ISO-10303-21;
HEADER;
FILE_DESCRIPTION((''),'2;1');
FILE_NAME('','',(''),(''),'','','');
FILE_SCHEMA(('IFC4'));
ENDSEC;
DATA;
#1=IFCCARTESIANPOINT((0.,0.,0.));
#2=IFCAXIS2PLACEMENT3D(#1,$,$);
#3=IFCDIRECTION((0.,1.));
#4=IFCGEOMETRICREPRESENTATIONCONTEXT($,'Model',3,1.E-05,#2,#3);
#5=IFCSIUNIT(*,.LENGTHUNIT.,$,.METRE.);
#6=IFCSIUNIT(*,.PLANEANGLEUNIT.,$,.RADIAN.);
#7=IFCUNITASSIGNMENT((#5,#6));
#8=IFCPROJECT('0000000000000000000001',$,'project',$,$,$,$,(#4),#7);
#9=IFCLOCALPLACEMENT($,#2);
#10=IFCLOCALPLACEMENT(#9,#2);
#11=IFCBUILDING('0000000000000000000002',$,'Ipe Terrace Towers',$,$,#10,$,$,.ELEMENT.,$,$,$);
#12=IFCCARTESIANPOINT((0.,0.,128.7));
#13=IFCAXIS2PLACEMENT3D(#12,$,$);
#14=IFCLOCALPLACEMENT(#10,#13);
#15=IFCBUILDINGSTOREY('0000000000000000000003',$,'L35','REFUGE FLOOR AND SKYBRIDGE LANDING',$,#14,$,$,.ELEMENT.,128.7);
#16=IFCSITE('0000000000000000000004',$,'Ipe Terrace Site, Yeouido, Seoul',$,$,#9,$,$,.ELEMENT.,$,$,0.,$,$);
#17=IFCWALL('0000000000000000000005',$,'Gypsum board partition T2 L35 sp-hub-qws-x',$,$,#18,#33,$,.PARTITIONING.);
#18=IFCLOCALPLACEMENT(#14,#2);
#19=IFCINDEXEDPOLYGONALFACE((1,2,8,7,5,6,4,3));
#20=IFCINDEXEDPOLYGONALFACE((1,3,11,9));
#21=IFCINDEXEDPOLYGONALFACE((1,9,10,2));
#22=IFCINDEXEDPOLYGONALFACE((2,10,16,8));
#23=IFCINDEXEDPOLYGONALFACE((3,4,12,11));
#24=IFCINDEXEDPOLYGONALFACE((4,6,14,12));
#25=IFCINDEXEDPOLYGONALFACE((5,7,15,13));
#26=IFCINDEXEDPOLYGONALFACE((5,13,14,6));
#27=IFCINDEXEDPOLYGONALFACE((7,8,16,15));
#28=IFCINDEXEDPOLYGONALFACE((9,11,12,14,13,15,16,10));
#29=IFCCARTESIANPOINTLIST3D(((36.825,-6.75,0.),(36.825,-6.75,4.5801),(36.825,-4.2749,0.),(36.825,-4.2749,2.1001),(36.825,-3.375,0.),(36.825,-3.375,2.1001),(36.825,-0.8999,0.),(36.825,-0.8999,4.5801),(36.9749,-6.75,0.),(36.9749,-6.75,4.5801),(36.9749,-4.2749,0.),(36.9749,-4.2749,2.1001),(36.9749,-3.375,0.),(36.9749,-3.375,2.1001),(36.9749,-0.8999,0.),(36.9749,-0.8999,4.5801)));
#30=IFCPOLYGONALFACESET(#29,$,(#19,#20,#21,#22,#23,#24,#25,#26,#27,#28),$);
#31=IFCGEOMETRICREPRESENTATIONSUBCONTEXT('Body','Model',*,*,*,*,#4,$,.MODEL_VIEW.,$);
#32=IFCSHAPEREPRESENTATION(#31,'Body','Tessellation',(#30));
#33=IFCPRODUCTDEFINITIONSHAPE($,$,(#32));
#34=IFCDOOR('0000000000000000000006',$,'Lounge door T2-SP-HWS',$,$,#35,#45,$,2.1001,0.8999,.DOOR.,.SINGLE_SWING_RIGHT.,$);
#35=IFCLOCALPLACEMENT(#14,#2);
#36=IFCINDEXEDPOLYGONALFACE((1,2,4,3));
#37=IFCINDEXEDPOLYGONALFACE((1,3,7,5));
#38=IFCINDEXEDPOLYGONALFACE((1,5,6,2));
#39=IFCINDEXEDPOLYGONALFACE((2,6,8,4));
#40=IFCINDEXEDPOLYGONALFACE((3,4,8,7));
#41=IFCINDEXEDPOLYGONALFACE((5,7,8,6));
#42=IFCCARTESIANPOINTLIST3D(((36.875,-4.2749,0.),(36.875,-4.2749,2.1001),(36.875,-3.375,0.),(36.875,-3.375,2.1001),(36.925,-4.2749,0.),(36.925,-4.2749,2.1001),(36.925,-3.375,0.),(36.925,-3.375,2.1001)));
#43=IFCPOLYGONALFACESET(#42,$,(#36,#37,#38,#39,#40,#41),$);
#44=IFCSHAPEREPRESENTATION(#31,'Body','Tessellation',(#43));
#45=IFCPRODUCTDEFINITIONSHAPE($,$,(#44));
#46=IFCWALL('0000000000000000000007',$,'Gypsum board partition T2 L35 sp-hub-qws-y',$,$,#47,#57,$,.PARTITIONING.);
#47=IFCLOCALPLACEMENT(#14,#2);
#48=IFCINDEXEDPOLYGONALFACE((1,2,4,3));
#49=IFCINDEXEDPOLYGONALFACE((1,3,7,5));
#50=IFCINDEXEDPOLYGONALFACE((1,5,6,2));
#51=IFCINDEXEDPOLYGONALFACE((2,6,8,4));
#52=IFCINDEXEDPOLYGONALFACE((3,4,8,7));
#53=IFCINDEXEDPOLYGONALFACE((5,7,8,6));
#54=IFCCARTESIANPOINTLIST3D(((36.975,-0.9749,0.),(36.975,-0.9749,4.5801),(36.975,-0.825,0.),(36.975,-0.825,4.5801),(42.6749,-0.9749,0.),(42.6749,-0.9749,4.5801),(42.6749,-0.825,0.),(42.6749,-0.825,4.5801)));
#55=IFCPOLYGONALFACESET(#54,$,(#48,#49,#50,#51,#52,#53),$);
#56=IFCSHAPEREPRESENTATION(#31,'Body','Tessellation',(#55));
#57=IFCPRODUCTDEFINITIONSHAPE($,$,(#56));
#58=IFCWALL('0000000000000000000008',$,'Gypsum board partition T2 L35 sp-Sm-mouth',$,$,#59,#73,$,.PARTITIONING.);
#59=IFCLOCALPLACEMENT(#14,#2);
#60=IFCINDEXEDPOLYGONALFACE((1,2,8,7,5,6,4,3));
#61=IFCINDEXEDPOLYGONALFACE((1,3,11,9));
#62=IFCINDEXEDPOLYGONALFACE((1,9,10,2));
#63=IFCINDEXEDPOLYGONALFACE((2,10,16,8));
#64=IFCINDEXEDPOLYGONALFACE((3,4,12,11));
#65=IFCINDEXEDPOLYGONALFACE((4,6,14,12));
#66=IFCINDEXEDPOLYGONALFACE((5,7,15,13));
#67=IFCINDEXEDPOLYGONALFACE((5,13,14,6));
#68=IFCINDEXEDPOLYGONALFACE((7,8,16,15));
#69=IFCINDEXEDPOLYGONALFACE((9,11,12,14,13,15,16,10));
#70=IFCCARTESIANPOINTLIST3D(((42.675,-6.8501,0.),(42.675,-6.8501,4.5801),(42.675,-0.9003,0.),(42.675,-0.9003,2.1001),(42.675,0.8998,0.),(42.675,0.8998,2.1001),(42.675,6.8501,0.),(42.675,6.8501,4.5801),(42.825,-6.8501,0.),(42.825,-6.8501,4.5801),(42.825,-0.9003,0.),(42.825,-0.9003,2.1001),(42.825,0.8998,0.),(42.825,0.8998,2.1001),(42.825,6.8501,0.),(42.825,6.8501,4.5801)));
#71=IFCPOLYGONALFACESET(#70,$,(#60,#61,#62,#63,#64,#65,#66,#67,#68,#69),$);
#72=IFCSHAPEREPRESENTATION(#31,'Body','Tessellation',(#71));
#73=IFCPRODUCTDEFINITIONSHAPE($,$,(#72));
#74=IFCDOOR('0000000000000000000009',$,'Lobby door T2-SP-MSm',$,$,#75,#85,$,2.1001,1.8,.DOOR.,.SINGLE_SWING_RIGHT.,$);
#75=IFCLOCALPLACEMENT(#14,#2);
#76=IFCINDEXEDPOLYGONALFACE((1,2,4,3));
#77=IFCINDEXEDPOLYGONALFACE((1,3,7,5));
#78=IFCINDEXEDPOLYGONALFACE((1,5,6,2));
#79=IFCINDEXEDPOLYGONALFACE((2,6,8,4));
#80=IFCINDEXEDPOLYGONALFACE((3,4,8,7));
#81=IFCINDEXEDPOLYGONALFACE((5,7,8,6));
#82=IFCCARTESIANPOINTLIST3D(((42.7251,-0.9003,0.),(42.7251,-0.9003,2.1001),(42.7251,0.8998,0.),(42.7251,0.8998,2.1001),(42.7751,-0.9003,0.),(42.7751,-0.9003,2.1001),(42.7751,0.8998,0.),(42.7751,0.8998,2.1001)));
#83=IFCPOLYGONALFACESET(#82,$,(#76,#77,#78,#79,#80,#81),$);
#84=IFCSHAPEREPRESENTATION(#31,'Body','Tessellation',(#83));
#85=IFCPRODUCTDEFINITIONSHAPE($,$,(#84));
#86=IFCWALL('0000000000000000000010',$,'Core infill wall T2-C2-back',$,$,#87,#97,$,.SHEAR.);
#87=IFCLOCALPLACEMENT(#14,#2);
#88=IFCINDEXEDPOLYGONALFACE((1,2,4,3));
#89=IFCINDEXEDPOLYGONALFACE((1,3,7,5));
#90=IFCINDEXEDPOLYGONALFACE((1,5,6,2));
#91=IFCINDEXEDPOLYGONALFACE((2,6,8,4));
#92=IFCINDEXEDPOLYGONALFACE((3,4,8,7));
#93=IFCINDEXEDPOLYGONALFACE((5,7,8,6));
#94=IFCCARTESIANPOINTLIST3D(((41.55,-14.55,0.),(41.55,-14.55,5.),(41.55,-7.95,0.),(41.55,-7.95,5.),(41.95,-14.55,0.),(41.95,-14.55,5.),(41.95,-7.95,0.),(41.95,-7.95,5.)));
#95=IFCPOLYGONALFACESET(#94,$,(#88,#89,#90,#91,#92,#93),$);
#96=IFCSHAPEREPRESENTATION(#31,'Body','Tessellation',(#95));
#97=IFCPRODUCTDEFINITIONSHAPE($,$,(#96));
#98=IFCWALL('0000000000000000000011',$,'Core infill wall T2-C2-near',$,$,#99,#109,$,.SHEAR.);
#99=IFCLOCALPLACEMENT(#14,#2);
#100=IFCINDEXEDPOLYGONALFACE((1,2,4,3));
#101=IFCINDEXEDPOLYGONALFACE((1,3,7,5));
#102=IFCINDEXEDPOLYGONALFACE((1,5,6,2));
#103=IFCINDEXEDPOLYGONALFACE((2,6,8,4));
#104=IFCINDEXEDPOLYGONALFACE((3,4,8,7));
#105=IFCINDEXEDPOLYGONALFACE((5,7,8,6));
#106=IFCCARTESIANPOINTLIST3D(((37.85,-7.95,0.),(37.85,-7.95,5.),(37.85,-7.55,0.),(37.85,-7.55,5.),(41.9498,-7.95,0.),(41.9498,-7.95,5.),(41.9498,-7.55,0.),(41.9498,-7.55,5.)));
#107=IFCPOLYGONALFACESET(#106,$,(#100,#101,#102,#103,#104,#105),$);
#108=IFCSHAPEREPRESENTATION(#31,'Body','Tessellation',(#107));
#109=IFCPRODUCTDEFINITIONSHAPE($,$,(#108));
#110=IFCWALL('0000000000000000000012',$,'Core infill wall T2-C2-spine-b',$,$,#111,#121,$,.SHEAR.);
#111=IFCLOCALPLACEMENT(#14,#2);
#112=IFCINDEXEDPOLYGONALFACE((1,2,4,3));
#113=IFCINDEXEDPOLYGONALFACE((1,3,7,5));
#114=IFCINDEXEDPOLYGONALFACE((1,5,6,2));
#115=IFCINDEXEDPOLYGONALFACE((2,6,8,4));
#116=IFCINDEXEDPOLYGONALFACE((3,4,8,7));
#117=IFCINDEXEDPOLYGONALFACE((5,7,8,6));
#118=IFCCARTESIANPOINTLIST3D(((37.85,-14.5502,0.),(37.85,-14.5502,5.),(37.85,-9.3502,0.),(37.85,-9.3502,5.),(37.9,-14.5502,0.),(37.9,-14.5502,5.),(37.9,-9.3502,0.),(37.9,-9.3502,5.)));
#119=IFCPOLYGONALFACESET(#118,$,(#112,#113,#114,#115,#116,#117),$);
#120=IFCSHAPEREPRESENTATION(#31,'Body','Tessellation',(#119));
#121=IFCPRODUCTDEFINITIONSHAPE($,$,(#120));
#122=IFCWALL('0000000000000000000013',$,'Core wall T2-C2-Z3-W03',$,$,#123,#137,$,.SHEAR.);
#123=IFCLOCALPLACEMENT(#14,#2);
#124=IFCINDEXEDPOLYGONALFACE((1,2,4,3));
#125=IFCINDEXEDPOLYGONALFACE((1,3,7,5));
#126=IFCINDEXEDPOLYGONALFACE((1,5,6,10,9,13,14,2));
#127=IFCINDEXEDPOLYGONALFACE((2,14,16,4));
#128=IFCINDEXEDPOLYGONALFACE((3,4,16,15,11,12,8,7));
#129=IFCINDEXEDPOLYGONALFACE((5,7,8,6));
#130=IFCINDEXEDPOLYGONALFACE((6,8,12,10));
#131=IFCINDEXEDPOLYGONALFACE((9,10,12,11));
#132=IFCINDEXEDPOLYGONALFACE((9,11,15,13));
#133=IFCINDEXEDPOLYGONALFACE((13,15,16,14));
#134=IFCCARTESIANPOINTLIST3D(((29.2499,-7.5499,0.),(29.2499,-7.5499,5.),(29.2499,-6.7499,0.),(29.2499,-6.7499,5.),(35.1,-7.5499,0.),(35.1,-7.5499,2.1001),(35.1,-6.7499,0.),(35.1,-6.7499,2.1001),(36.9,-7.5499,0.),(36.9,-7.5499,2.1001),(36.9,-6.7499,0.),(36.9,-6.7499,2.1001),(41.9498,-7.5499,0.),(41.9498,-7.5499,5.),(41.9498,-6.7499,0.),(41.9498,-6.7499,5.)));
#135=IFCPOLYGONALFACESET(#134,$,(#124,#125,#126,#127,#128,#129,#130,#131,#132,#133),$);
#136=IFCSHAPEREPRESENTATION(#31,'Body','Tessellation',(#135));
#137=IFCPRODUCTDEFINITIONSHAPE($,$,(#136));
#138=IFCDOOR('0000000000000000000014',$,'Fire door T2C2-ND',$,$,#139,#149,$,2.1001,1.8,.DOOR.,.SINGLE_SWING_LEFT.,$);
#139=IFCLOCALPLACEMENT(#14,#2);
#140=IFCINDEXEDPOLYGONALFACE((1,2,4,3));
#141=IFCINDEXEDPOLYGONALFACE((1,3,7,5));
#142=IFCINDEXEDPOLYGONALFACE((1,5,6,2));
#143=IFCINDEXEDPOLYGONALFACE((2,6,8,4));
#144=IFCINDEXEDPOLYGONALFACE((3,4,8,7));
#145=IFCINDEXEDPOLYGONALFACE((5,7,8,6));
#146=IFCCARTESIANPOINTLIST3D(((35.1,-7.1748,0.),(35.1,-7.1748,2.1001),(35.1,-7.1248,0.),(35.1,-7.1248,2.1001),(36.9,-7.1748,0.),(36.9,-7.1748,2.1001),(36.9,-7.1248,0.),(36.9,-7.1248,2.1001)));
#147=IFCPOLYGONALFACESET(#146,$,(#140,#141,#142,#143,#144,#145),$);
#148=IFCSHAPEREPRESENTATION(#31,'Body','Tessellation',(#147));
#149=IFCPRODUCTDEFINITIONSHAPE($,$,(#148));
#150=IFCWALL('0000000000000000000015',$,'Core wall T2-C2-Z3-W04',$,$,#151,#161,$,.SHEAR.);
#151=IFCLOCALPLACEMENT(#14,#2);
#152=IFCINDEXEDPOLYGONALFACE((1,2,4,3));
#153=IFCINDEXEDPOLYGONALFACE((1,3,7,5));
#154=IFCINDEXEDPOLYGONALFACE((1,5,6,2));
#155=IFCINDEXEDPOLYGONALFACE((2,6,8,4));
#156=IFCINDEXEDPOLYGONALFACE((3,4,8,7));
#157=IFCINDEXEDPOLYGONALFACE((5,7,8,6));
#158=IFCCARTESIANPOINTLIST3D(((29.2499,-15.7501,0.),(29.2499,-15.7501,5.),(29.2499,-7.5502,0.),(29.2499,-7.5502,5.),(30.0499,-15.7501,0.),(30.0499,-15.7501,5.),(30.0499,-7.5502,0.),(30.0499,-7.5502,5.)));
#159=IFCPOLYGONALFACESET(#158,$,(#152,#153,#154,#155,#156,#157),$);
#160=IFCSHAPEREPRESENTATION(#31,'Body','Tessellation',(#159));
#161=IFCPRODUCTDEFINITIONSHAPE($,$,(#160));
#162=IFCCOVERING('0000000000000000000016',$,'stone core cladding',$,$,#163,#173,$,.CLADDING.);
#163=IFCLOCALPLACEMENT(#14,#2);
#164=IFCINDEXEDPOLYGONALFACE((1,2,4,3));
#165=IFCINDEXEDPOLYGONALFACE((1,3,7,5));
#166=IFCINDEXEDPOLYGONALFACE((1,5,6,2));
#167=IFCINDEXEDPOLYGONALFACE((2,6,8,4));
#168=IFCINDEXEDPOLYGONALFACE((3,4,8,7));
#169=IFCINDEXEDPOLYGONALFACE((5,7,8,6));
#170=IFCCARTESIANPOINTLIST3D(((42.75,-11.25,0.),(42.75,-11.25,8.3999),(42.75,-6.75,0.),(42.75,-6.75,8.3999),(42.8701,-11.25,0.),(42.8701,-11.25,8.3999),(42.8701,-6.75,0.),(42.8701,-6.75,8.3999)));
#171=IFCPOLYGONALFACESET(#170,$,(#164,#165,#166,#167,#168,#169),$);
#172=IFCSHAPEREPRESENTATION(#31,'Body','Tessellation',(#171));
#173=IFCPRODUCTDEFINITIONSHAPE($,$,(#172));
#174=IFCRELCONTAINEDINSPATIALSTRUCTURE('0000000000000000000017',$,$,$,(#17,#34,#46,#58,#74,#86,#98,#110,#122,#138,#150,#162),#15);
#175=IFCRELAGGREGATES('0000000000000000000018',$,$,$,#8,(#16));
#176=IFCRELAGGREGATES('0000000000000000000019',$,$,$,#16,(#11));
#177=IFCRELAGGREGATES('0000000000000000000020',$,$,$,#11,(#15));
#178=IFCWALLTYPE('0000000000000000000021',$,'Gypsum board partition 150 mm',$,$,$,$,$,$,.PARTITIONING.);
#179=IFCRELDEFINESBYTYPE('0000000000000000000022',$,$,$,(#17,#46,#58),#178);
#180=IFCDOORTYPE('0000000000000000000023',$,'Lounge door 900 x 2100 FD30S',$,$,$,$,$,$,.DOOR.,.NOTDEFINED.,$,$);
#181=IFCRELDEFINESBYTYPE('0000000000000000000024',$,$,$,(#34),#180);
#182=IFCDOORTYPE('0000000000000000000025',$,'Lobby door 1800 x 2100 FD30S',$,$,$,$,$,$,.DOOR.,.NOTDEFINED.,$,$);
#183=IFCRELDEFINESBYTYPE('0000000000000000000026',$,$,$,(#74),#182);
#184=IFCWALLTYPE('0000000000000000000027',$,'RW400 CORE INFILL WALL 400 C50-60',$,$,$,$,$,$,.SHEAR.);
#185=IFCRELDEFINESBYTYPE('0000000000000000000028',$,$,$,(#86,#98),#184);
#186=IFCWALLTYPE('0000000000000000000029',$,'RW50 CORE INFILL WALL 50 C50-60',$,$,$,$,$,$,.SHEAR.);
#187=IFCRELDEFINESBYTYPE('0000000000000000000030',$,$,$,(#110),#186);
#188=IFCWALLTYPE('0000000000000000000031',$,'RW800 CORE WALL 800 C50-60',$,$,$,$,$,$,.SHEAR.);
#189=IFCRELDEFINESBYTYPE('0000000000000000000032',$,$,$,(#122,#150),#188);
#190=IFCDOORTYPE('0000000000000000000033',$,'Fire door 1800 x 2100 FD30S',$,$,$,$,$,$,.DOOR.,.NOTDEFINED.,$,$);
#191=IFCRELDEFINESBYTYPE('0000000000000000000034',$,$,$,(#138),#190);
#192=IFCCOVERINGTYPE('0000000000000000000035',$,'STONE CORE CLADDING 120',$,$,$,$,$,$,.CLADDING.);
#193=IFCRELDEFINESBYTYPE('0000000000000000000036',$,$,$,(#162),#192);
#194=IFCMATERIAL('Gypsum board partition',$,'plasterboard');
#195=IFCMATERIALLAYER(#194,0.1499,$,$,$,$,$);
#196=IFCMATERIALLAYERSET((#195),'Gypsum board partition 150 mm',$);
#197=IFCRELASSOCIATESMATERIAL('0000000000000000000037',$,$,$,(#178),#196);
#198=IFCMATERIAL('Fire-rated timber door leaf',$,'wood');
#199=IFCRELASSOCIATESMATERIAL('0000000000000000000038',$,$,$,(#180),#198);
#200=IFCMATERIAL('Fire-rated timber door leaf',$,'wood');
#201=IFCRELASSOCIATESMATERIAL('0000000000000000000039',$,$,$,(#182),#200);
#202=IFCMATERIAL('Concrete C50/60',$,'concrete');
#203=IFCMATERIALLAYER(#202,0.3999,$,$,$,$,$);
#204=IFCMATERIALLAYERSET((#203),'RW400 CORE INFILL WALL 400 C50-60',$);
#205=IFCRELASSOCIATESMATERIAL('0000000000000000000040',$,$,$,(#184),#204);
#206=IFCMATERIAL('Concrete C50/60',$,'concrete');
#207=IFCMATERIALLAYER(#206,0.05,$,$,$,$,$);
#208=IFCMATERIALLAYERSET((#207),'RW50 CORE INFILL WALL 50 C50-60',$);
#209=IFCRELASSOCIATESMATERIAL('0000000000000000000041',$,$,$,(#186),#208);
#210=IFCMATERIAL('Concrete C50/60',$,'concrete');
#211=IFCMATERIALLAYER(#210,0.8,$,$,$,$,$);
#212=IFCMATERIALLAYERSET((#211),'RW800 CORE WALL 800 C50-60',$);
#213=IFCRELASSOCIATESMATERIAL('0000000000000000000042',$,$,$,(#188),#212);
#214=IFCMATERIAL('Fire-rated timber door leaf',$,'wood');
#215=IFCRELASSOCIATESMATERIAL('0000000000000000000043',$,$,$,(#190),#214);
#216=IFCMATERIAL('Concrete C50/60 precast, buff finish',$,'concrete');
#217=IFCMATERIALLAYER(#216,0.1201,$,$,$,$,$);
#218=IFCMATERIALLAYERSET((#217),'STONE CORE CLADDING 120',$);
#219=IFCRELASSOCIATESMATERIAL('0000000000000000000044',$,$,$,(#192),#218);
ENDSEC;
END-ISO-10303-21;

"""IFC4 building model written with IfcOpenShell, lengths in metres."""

from ifc_helpers import new_model, si_unit, direction, frame, frame_2d, origin, origin_2d, place, context, subcontext, project, spatial, rectangle, extrude, material, layer, layer_set, type_object, element, fill, save


model = new_model("IFC4")

# Units and contexts
model_context = context("Model", 3, precision=1e-05, world=origin(), true_north=direction((0.0, 1.0)))
body_context = subcontext(model_context, "Body", "Model", "MODEL_VIEW")
ifc_project = project(units=[si_unit("LENGTHUNIT", "METRE"), si_unit("PLANEANGLEUNIT", "RADIAN")], contexts=[model_context])

# Site, building, storey
site_placement = place(None, origin())
site = spatial("IfcSite", under=ifc_project, at=site_placement, Name="Ipe Terrace Site, Yeouido, Seoul", CompositionType="ELEMENT", RefElevation=0.0)
building_placement = place(site_placement, origin())
building = spatial("IfcBuilding", under=site, at=building_placement, Name="Ipe Terrace Towers", CompositionType="ELEMENT")
storey_placement = place(building_placement, frame((0.0, 0.0, 128.7)))
storey = spatial("IfcBuildingStorey", under=building, at=storey_placement, Name="L35", Description="REFUGE FLOOR AND SKYBRIDGE LANDING", CompositionType="ELEMENT", Elevation=128.7)

# Shared definitions
ifc_material_1 = material(Name="Gypsum board partition", Category="plasterboard")
ifc_layer_1 = layer(ifc_material_1, 0.1499)
ifc_layer_set_1 = layer_set([ifc_layer_1], Name="Gypsum board partition 150 mm")
wall_type_1 = type_object("IfcWallType", Name="Gypsum board partition 150 mm", PredefinedType="PARTITIONING", material=ifc_layer_set_1)
ifc_material_2 = material(Name="Fire-rated timber door leaf", Category="wood")
door_type_1 = type_object("IfcDoorType", Name="Lounge door 900 x 2100 FD30S", OperationType="NOTDEFINED", PredefinedType="DOOR", material=ifc_material_2)

# Wall, opening, door
wall_1_placement = place(storey_placement, frame((36.8999, -6.75, 0.0), z_axis=(0.0, 0.0, 1.0), x_axis=(0.0, 1.0, 0.0)))
wall_1 = element("IfcWall", 1, at=wall_1_placement, inside=storey, type_object=wall_type_1, Name="Gypsum board partition T2 L35 sp-hub-qws-x", PredefinedType="PARTITIONING", context=body_context, shape_type="SweptSolid", body=[
    extrude(rectangle(XDim=5.8501, YDim=0.1499, at=frame_2d((2.925, 0.0))), origin(), (0.0, 0.0, 1.0), 4.5801),
])
opening_1_placement = place(wall_1_placement, frame((2.4751, 0.0, 0.0)))
opening_1 = element("IfcOpeningElement", 2, at=opening_1_placement, cuts=wall_1, PredefinedType="OPENING", context=body_context, shape_type="SweptSolid", body=[
    extrude(rectangle(XDim=0.8999, YDim=2.1001, at=frame_2d((0.45, 1.05))), frame((0.0, 0.085, 0.0), z_axis=(0.0, -1.0, 0.0), x_axis=(1.0, 0.0, 0.0)), (0.0, 0.0, 1.0), 0.1699),
])
door_1_placement = place(opening_1_placement, origin())
door_1 = element("IfcDoor", 3, at=door_1_placement, inside=storey, type_object=door_type_1, Name="Lounge door T2-SP-HWS", OperationType="SINGLE_SWING_RIGHT", OverallHeight=2.1001, OverallWidth=0.8999, PredefinedType="DOOR", context=body_context, shape_type="SweptSolid", body=[
    extrude(rectangle(XDim=0.8999, YDim=2.1001, at=frame_2d((0.45, 1.05))), frame((0.0, 0.0249, 0.0), z_axis=(0.0, -1.0, 0.0), x_axis=(1.0, 0.0, 0.0)), (0.0, 0.0, 1.0), 0.05),
])
fill(opening_1, door_1)

# Wall
wall_2_placement = place(storey_placement, frame((42.675, -0.8999, 0.0), z_axis=(0.0, 0.0, 1.0), x_axis=(-1.0, 0.0, 0.0)))
element("IfcWall", 4, at=wall_2_placement, inside=storey, type_object=wall_type_1, Name="Gypsum board partition T2 L35 sp-hub-qws-y", PredefinedType="PARTITIONING", context=body_context, shape_type="SweptSolid", body=[
    extrude(rectangle(XDim=5.7, YDim=0.1499, at=frame_2d((2.8501, 0.0))), origin(), (0.0, 0.0, 1.0), 4.5801),
])

# Wall, opening, door
wall_3_placement = place(storey_placement, frame((42.75, -6.8501, 0.0), z_axis=(0.0, 0.0, 1.0), x_axis=(0.0, 1.0, 0.0)))
wall_3 = element("IfcWall", 5, at=wall_3_placement, inside=storey, type_object=wall_type_1, Name="Gypsum board partition T2 L35 sp-Sm-mouth", PredefinedType="PARTITIONING", context=body_context, shape_type="SweptSolid", body=[
    extrude(rectangle(XDim=13.7002, YDim=0.1499, at=frame_2d((6.8501, 0.0))), origin(), (0.0, 0.0, 1.0), 4.5801),
])
opening_2_placement = place(wall_3_placement, frame((5.95, 0.0, 0.0)))
opening_2 = element("IfcOpeningElement", 6, at=opening_2_placement, cuts=wall_3, PredefinedType="OPENING", context=body_context, shape_type="SweptSolid", body=[
    extrude(rectangle(XDim=1.8, YDim=2.1001, at=frame_2d((0.8999, 1.05))), frame((0.0, 0.085, 0.0), z_axis=(0.0, -1.0, 0.0), x_axis=(1.0, 0.0, 0.0)), (0.0, 0.0, 1.0), 0.1699),
])
ifc_material_3 = material(Name="Fire-rated timber door leaf", Category="wood")
door_type_2 = type_object("IfcDoorType", Name="Lobby door 1800 x 2100 FD30S", OperationType="NOTDEFINED", PredefinedType="DOOR", material=ifc_material_3)
door_2_placement = place(opening_2_placement, origin())
door_2 = element("IfcDoor", 7, at=door_2_placement, inside=storey, type_object=door_type_2, Name="Lobby door T2-SP-MSm", OperationType="SINGLE_SWING_RIGHT", OverallHeight=2.1001, OverallWidth=1.8, PredefinedType="DOOR", context=body_context, shape_type="SweptSolid", body=[
    extrude(rectangle(XDim=1.8, YDim=2.1001, at=frame_2d((0.8999, 1.05))), frame((0.0, 0.0249, 0.0), z_axis=(0.0, -1.0, 0.0), x_axis=(1.0, 0.0, 0.0)), (0.0, 0.0, 1.0), 0.05),
])
fill(opening_2, door_2)

# Walls
ifc_material_4 = material(Name="Concrete C50/60", Category="concrete")
ifc_layer_2 = layer(ifc_material_4, 0.3999)
ifc_layer_set_2 = layer_set([ifc_layer_2], Name="RW400 CORE INFILL WALL 400 C50-60")
wall_type_2 = type_object("IfcWallType", Name="RW400 CORE INFILL WALL 400 C50-60", PredefinedType="SHEAR", material=ifc_layer_set_2)
wall_4_placement = place(storey_placement, frame((41.75, -7.95, 0.0), z_axis=(0.0, 0.0, 1.0), x_axis=(0.0, -1.0, 0.0)))
element("IfcWall", 8, at=wall_4_placement, inside=storey, type_object=wall_type_2, Name="Core infill wall T2-C2-back", PredefinedType="SHEAR", context=body_context, shape_type="SweptSolid", body=[
    extrude(rectangle(XDim=6.6001, YDim=0.3999, at=frame_2d((3.3, 0.0))), origin(), (0.0, 0.0, 1.0), 5.0),
])
wall_5_placement = place(storey_placement, frame((37.8501, -7.75, 0.0), z_axis=(0.0, 0.0, 1.0), x_axis=(1.0, 0.0, 0.0)))
element("IfcWall", 9, at=wall_5_placement, inside=storey, type_object=wall_type_2, Name="Core infill wall T2-C2-near", PredefinedType="SHEAR", context=body_context, shape_type="SweptSolid", body=[
    extrude(rectangle(XDim=4.0999, YDim=0.3999, at=frame_2d((2.0498, 0.0))), origin(), (0.0, 0.0, 1.0), 5.0),
])
ifc_material_5 = material(Name="Concrete C50/60", Category="concrete")
ifc_layer_3 = layer(ifc_material_5, 0.05)
ifc_layer_set_3 = layer_set([ifc_layer_3], Name="RW50 CORE INFILL WALL 50 C50-60")
wall_type_3 = type_object("IfcWallType", Name="RW50 CORE INFILL WALL 50 C50-60", PredefinedType="SHEAR", material=ifc_layer_set_3)
wall_6_placement = place(storey_placement, frame((37.875, -9.3501, 0.0), z_axis=(0.0, 0.0, 1.0), x_axis=(0.0, -1.0, 0.0)))
element("IfcWall", 10, at=wall_6_placement, inside=storey, type_object=wall_type_3, Name="Core infill wall T2-C2-spine-b", PredefinedType="SHEAR", context=body_context, shape_type="SweptSolid", body=[
    extrude(rectangle(XDim=5.2, YDim=0.05, at=frame_2d((2.6001, 0.0))), origin(), (0.0, 0.0, 1.0), 5.0),
])

# Wall, opening, door
ifc_material_6 = material(Name="Concrete C50/60", Category="concrete")
ifc_layer_4 = layer(ifc_material_6, 0.8)
ifc_layer_set_4 = layer_set([ifc_layer_4], Name="RW800 CORE WALL 800 C50-60")
wall_type_4 = type_object("IfcWallType", Name="RW800 CORE WALL 800 C50-60", PredefinedType="SHEAR", material=ifc_layer_set_4)
wall_7_placement = place(storey_placement, frame((41.95, -7.1499, 0.0), z_axis=(0.0, 0.0, 1.0), x_axis=(-1.0, 0.0, 0.0)))
wall_7 = element("IfcWall", 11, at=wall_7_placement, inside=storey, type_object=wall_type_4, Name="Core wall T2-C2-Z3-W03", PredefinedType="SHEAR", context=body_context, shape_type="SweptSolid", body=[
    extrude(rectangle(XDim=12.7, YDim=0.8, at=frame_2d((6.3501, 0.0))), origin(), (0.0, 0.0, 1.0), 5.0),
])
opening_3_placement = place(wall_7_placement, frame((5.05, 0.0, 0.0)))
opening_3 = element("IfcOpeningElement", 12, at=opening_3_placement, cuts=wall_7, PredefinedType="OPENING", context=body_context, shape_type="SweptSolid", body=[
    extrude(rectangle(XDim=1.8, YDim=2.1001, at=frame_2d((0.8999, 1.05))), frame((0.0, 0.4102, 0.0), z_axis=(0.0, -1.0, 0.0), x_axis=(1.0, 0.0, 0.0)), (0.0, 0.0, 1.0), 0.8201),
])
ifc_material_7 = material(Name="Fire-rated timber door leaf", Category="wood")
door_type_3 = type_object("IfcDoorType", Name="Fire door 1800 x 2100 FD30S", OperationType="NOTDEFINED", PredefinedType="DOOR", material=ifc_material_7)
door_3_placement = place(opening_3_placement, origin())
door_3 = element("IfcDoor", 13, at=door_3_placement, inside=storey, type_object=door_type_3, Name="Fire door T2C2-ND", OperationType="SINGLE_SWING_LEFT", OverallHeight=2.1001, OverallWidth=1.8, PredefinedType="DOOR", context=body_context, shape_type="SweptSolid", body=[
    extrude(rectangle(XDim=1.8, YDim=2.1001, at=frame_2d((0.8999, 1.05))), frame((0.0, 0.0249, 0.0), z_axis=(0.0, -1.0, 0.0), x_axis=(1.0, 0.0, 0.0)), (0.0, 0.0, 1.0), 0.05),
])
fill(opening_3, door_3)

# Wall
wall_8_placement = place(storey_placement, frame((29.6499, -7.55, 0.0), z_axis=(0.0, 0.0, 1.0), x_axis=(0.0, -1.0, 0.0)))
element("IfcWall", 14, at=wall_8_placement, inside=storey, type_object=wall_type_4, Name="Core wall T2-C2-Z3-W04", PredefinedType="SHEAR", context=body_context, shape_type="SweptSolid", body=[
    extrude(rectangle(XDim=8.2, YDim=0.8, at=frame_2d((4.1001, 0.0))), origin(), (0.0, 0.0, 1.0), 5.0),
])

# Covering
ifc_material_8 = material(Name="Concrete C50/60 precast, buff finish", Category="concrete")
ifc_layer_5 = layer(ifc_material_8, 0.1201)
ifc_layer_set_5 = layer_set([ifc_layer_5], Name="STONE CORE CLADDING 120")
covering_type = type_object("IfcCoveringType", Name="STONE CORE CLADDING 120", PredefinedType="CLADDING", material=ifc_layer_set_5)
covering_placement = place(storey_placement, frame((42.8101, -9.0, 0.0), z_axis=(0.0, 0.0, 1.0), x_axis=(0.0, 1.0, 0.0)))
element("IfcCovering", 15, at=covering_placement, inside=storey, type_object=covering_type, Name="stone core cladding", PredefinedType="CLADDING", context=body_context, shape_type="SweptSolid", body=[
    extrude(rectangle(XDim=4.5, YDim=0.1201, at=origin_2d()), origin(), (0.0, 0.0, 1.0), 8.3999),
])

save(model, "model.ifc")
